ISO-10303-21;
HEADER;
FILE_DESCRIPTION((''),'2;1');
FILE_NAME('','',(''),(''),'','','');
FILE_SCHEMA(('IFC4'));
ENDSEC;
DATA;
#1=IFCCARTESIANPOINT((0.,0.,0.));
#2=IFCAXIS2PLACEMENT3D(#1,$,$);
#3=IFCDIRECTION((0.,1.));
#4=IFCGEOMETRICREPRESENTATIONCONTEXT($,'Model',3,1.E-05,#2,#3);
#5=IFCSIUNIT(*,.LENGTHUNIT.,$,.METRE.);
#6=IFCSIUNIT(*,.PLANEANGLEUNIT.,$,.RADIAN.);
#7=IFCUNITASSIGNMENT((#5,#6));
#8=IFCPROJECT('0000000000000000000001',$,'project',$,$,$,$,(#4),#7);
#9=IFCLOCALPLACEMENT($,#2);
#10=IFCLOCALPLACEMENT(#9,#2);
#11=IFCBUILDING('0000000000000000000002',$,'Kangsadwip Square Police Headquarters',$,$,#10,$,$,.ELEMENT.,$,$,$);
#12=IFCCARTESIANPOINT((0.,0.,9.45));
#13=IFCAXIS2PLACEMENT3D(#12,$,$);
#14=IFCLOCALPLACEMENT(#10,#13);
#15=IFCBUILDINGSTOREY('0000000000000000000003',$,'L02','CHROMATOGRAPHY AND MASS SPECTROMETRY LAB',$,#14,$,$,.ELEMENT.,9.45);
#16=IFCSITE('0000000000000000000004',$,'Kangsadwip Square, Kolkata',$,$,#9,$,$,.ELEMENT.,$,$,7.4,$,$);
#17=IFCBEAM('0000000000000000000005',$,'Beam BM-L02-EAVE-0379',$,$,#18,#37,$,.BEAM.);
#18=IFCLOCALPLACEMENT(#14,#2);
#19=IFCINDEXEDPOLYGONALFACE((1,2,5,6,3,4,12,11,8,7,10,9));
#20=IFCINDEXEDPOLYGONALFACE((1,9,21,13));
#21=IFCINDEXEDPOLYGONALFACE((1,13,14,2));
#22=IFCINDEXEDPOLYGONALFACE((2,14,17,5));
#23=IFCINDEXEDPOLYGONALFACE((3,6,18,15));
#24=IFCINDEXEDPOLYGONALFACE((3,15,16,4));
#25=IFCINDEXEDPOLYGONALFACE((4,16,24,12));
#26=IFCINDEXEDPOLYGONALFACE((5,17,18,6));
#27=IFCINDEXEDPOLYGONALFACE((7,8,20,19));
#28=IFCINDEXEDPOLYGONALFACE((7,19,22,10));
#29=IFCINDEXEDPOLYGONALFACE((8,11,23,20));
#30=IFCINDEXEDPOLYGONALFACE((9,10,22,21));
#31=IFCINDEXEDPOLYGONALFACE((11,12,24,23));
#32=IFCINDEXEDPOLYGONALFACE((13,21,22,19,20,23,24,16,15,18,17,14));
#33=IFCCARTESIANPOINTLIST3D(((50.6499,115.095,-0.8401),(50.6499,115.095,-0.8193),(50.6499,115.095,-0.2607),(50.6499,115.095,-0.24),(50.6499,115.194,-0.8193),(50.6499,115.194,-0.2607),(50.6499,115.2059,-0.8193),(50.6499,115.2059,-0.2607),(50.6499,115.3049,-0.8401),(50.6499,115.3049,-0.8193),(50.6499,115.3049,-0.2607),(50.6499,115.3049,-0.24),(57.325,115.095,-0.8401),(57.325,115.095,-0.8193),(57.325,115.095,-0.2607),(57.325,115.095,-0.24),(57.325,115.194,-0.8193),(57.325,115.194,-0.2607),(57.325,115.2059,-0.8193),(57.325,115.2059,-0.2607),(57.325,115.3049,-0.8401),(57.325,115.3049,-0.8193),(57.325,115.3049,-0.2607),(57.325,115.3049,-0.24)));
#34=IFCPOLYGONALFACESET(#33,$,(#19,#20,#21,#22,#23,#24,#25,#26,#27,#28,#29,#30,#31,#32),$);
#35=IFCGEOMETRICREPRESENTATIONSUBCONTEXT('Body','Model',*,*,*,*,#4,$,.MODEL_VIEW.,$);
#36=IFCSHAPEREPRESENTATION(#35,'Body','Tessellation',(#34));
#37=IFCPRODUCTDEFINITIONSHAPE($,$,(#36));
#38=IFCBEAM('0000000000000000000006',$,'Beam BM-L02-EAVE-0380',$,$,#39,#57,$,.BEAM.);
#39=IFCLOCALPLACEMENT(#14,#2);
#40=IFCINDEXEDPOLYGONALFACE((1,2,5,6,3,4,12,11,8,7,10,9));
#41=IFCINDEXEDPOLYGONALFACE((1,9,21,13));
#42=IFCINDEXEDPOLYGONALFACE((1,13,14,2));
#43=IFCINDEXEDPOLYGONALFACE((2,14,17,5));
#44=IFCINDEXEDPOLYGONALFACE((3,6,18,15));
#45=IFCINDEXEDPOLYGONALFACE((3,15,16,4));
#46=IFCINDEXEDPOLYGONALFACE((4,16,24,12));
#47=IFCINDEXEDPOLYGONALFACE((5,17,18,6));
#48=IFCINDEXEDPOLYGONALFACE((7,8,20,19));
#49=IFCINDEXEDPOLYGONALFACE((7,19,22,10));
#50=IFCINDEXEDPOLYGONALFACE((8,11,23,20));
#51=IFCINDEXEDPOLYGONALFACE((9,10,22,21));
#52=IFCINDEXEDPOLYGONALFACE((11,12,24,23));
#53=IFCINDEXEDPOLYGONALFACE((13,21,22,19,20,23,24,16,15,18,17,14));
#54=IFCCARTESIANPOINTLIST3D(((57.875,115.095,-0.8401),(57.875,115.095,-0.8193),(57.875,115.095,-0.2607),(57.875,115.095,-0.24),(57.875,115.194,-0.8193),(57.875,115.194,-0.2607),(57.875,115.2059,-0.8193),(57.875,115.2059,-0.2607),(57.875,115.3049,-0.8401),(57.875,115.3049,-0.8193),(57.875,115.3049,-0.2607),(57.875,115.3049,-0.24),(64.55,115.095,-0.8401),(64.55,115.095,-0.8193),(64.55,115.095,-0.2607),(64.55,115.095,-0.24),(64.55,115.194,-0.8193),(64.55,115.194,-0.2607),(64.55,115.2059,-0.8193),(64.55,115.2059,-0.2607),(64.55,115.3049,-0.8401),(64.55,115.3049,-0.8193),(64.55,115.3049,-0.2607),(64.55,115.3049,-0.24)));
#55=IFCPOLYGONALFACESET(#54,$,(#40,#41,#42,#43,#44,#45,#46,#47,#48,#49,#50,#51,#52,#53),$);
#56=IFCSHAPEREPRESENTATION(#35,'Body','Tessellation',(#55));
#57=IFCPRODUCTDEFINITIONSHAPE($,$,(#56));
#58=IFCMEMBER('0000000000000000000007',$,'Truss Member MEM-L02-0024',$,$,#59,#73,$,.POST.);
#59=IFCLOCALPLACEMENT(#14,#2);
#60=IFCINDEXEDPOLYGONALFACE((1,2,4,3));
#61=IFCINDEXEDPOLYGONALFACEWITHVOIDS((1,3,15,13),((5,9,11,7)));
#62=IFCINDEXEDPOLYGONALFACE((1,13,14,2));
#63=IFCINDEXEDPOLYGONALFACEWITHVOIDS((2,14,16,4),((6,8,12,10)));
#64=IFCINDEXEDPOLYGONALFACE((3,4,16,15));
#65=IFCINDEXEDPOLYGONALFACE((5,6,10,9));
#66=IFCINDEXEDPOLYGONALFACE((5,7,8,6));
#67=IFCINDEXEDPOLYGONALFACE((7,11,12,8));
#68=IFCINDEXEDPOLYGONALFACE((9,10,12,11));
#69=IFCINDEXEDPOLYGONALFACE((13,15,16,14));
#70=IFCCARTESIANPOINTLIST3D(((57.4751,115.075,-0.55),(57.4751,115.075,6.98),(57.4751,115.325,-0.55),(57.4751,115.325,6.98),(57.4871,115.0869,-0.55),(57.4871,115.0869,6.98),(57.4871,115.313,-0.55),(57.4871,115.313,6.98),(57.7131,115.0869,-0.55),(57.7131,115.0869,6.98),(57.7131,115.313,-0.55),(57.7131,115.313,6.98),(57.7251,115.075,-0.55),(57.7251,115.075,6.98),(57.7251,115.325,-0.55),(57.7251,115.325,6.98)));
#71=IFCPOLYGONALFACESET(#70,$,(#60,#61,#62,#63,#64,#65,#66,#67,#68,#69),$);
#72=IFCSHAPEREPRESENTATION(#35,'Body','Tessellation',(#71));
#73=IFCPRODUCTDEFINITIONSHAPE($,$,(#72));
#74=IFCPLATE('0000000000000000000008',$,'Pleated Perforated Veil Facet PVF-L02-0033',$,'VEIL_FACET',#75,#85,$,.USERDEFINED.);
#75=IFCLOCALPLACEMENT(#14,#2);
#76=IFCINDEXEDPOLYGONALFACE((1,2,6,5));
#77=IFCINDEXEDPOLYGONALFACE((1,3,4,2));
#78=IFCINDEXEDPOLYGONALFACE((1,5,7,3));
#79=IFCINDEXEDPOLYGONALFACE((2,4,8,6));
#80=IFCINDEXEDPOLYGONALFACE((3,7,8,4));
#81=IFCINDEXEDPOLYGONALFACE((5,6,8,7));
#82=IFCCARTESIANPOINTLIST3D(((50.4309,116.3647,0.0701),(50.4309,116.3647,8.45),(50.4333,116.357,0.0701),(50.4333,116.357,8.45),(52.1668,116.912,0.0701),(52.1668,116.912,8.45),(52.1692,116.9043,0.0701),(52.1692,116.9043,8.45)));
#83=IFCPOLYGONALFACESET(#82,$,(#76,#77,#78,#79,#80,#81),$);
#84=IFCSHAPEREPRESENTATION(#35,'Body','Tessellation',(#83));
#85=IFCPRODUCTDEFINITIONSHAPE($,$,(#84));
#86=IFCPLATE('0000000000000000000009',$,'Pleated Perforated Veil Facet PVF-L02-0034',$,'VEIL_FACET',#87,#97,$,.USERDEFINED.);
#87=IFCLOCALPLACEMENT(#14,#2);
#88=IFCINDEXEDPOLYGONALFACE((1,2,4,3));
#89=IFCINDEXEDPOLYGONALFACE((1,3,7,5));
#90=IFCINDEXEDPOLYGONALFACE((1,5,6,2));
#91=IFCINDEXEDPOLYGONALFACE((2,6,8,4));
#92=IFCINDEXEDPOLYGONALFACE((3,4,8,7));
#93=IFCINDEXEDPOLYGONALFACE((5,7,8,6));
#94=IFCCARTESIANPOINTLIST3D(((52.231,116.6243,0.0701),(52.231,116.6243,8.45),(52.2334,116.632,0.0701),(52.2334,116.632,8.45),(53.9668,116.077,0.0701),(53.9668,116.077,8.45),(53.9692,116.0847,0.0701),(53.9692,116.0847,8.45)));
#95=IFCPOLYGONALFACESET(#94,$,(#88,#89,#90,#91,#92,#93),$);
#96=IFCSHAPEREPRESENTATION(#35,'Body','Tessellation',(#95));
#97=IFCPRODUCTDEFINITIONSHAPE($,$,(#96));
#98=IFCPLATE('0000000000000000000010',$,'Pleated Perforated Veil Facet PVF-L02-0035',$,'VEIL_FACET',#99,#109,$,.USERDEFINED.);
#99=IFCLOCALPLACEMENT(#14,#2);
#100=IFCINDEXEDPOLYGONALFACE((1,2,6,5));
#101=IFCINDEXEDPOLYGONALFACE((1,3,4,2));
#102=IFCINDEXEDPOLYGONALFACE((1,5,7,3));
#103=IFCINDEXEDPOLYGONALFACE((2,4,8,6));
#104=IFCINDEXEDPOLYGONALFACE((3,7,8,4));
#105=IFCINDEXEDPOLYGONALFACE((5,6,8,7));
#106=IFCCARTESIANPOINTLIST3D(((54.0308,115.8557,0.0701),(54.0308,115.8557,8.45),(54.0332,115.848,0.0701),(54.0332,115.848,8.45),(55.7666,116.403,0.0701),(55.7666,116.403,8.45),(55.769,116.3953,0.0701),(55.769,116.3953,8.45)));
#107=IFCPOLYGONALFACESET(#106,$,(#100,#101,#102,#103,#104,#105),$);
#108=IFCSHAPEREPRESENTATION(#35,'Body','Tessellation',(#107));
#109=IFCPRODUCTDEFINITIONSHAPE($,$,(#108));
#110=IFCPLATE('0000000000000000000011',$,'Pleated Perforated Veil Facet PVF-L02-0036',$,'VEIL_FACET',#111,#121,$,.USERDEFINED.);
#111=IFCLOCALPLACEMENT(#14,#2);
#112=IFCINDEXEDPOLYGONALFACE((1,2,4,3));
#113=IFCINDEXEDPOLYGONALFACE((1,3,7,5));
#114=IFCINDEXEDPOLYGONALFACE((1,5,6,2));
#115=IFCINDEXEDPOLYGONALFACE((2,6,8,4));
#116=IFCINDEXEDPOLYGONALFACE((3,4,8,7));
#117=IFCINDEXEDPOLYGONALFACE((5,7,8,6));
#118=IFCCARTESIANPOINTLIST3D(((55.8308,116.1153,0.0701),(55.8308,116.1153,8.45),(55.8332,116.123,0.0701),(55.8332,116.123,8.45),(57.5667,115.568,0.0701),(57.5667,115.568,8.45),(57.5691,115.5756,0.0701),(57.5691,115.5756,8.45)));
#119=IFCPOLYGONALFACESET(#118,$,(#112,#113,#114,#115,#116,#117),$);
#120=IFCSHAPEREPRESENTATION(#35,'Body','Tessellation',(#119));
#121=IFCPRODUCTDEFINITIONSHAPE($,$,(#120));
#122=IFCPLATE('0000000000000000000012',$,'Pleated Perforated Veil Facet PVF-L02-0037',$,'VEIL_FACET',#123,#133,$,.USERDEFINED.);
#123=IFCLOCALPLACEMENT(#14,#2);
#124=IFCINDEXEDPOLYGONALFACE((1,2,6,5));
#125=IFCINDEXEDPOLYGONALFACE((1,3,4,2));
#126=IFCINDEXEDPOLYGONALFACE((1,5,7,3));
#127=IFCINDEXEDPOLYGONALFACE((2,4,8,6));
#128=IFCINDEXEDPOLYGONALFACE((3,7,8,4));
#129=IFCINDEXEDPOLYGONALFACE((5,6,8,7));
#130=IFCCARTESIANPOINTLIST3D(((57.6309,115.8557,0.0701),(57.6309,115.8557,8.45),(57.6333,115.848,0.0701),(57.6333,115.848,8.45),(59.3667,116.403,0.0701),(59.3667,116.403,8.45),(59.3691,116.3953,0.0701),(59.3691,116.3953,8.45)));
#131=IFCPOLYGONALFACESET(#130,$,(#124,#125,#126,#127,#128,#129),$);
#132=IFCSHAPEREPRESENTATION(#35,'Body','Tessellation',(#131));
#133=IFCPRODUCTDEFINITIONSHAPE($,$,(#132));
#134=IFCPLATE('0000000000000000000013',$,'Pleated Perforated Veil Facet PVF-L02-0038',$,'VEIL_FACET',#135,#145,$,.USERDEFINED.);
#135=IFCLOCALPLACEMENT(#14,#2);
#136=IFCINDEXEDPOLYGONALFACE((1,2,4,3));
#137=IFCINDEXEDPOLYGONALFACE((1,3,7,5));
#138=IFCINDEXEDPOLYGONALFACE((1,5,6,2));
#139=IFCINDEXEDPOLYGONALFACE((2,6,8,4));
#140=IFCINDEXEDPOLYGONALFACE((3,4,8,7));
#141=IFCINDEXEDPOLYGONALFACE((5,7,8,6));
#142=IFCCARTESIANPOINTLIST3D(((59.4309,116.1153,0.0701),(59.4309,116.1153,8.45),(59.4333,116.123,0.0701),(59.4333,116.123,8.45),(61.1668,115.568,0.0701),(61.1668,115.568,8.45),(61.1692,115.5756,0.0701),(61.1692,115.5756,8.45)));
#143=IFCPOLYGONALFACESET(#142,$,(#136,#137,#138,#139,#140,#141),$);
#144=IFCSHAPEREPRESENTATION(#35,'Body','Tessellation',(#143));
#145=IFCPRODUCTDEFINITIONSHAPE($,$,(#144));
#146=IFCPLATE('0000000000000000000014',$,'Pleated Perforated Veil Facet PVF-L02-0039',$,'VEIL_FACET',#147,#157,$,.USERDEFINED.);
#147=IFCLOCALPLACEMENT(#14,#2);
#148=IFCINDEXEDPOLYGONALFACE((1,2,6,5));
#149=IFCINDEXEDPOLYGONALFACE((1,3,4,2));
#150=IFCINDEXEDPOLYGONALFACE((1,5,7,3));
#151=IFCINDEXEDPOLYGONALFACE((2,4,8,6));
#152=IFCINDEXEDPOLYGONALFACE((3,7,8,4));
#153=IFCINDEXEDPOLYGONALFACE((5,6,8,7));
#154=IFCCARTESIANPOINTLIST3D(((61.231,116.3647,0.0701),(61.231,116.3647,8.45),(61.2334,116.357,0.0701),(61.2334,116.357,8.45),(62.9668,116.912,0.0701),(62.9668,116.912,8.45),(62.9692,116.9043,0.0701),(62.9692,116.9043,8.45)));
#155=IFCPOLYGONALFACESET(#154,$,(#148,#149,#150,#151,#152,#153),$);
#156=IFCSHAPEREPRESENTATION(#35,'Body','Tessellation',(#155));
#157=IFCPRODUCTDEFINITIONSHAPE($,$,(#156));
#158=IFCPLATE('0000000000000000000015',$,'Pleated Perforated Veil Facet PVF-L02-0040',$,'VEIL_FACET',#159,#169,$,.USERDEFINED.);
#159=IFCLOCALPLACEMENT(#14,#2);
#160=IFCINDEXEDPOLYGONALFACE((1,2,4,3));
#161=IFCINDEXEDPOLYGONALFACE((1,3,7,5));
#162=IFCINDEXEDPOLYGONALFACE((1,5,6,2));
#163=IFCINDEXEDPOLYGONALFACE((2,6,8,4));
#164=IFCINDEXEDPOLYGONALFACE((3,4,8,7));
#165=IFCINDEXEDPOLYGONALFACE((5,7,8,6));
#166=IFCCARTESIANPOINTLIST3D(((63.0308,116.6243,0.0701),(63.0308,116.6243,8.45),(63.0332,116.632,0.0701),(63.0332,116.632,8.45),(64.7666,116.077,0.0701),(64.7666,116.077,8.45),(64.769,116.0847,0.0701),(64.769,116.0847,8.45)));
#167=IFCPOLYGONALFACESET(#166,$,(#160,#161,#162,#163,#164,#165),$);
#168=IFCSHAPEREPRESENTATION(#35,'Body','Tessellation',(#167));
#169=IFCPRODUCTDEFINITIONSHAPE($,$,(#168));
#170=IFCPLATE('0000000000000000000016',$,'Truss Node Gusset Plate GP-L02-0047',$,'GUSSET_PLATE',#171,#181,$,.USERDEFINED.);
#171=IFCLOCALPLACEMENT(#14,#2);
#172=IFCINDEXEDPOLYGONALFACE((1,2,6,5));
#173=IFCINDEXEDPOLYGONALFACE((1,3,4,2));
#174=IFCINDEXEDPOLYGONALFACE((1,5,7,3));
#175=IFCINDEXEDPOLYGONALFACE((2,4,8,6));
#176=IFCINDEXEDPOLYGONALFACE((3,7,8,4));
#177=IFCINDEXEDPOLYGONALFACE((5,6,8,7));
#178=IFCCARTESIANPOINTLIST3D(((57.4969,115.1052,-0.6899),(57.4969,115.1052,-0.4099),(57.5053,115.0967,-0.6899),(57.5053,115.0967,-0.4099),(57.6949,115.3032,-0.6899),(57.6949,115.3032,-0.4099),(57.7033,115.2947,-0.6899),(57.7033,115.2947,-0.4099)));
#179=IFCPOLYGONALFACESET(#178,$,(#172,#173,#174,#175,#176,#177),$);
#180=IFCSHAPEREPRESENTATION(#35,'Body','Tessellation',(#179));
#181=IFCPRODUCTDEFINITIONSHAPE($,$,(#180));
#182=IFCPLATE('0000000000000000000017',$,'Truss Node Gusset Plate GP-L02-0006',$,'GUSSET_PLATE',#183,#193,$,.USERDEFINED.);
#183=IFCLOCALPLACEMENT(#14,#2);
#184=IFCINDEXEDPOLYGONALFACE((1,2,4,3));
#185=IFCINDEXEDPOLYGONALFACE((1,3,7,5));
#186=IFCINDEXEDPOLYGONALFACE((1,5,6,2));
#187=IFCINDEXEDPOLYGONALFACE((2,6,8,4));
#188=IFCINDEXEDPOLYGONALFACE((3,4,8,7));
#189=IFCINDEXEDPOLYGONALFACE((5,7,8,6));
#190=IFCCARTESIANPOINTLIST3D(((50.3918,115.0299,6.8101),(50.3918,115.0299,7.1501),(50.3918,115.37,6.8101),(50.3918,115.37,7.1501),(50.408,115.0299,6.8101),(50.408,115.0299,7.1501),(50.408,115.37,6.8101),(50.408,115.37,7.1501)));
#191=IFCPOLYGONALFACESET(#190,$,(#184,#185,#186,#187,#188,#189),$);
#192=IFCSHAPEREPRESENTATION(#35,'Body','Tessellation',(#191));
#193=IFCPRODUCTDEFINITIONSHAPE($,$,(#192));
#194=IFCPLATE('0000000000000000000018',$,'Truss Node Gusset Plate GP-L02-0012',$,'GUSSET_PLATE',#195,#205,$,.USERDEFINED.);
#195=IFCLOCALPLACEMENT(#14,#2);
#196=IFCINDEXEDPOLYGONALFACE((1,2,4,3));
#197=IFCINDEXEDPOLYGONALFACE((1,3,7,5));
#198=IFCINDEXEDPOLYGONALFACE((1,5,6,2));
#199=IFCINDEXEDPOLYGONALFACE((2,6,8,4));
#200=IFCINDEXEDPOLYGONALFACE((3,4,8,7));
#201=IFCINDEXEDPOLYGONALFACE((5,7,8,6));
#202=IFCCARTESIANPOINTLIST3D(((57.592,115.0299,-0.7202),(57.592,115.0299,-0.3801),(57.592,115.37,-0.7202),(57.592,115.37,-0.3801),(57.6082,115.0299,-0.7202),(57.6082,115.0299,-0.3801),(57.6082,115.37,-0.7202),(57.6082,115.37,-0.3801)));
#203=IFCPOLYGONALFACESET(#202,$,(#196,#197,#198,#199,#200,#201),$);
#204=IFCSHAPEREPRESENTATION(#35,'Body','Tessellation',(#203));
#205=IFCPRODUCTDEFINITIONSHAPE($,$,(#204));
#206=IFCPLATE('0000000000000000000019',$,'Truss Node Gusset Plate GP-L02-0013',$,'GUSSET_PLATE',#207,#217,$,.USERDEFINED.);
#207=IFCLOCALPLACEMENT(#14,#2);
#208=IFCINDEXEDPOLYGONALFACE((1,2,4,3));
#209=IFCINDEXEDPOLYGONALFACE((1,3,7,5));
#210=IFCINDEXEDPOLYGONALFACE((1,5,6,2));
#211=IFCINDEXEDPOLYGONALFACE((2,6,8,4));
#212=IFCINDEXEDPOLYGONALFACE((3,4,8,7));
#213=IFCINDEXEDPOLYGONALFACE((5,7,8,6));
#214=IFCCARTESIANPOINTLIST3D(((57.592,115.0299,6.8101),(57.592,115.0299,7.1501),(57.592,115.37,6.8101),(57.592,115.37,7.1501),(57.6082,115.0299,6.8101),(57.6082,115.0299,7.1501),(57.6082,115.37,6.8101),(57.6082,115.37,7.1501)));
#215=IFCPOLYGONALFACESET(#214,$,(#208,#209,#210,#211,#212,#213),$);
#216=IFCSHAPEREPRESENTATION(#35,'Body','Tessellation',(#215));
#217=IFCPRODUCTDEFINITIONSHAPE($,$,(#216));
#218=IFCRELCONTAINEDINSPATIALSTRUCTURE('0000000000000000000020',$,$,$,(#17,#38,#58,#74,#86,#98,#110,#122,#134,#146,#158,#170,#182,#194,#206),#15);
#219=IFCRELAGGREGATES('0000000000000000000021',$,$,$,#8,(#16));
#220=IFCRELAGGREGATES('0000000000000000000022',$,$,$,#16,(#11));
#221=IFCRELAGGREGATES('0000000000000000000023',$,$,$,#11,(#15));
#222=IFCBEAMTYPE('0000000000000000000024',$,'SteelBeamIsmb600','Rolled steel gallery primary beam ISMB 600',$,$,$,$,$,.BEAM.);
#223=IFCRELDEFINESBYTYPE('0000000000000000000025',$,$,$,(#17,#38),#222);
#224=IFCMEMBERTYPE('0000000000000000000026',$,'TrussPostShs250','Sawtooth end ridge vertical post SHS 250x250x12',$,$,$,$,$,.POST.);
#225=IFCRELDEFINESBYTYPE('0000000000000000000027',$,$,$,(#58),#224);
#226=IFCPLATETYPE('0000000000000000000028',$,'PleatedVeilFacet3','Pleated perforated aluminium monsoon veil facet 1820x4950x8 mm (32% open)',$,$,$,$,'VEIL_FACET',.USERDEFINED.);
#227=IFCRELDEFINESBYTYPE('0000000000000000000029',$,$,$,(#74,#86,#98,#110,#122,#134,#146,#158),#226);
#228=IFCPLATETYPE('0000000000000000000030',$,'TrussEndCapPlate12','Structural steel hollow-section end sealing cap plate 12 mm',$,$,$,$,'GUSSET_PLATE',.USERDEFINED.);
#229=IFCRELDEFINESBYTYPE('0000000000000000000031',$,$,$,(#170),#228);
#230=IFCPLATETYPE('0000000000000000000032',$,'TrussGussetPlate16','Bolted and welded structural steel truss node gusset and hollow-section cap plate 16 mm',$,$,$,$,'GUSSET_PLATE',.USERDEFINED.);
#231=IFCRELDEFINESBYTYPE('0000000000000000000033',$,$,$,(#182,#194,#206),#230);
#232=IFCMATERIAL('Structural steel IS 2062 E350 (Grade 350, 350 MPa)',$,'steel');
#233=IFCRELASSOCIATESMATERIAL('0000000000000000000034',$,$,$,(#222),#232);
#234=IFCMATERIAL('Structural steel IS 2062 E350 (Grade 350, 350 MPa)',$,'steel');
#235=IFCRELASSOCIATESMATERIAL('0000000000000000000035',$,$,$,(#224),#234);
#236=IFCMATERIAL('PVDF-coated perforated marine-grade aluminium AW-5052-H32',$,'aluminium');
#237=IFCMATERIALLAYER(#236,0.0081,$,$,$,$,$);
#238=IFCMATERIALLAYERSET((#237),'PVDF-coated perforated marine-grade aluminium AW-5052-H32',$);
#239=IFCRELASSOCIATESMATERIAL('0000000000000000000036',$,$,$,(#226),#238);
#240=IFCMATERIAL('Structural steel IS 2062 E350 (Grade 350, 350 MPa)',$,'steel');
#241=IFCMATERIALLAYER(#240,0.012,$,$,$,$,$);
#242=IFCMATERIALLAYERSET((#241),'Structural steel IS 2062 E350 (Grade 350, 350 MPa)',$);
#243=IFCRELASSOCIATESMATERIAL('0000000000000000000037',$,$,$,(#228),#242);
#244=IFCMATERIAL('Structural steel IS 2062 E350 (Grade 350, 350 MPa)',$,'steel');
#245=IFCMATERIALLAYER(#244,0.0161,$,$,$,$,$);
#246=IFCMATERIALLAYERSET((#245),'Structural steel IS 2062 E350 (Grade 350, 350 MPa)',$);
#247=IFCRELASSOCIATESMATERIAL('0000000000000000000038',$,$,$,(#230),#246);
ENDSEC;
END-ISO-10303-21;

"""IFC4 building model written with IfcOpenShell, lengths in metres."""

from ifc_helpers import new_model, si_unit, direction, frame, origin, origin_2d, place, context, subcontext, project, spatial, rectangle, hollow_rectangle, i_section, extrude, material, layer, layer_set, material_profile, profile_set, type_object, element, save


model = new_model("IFC4")

# Units and contexts
model_context = context("Model", 3, precision=1e-05, world=origin(), true_north=direction((0.0, 1.0)))
body_context = subcontext(model_context, "Body", "Model", "MODEL_VIEW")
ifc_project = project(units=[si_unit("LENGTHUNIT", "METRE"), si_unit("PLANEANGLEUNIT", "RADIAN")], contexts=[model_context])

# Site, building, storey
site_placement = place(None, origin())
site = spatial("IfcSite", under=ifc_project, at=site_placement, Name="Kangsadwip Square, Kolkata", CompositionType="ELEMENT", RefElevation=7.4)
building_placement = place(site_placement, origin())
building = spatial("IfcBuilding", under=site, at=building_placement, Name="Kangsadwip Square Police Headquarters", CompositionType="ELEMENT")
storey_placement = place(building_placement, frame((0.0, 0.0, 9.45)))
storey = spatial("IfcBuildingStorey", under=building, at=storey_placement, Name="L02", Description="CHROMATOGRAPHY AND MASS SPECTROMETRY LAB", CompositionType="ELEMENT", Elevation=9.45)

# Beams
ifc_material_1 = material(Name="Structural steel IS 2062 E350 (Grade 350, 350 MPa)", Category="steel")
ifc_material_profile_1 = material_profile(ifc_material_1, i_section(OverallWidth=0.21, OverallDepth=0.6001, WebThickness=0.012, FlangeThickness=0.0208, at=origin_2d()), Name="ISMB 600")
ifc_profile_set_1 = profile_set([ifc_material_profile_1], Name="Structural steel IS 2062 E350 (Grade 350, 350 MPa)")
beam_type = type_object("IfcBeamType", Name="SteelBeamIsmb600", Description="Rolled steel gallery primary beam ISMB 600", PredefinedType="BEAM", material=ifc_profile_set_1)
for number, where, z_axis, x_axis, name in (
    (1, (50.6499, 115.2, -0.54), (1.0, 0.0, 0.0), (0.0, 1.0, 0.0), "Beam BM-L02-EAVE-0379"),
    (2, (57.875, 115.2, -0.54), (1.0, 0.0, 0.0), (0.0, 1.0, 0.0), "Beam BM-L02-EAVE-0380"),
):
    element("IfcBeam", number, at=place(storey_placement, frame(where, z_axis=z_axis, x_axis=x_axis)), inside=storey, type_object=beam_type, Name=name, PredefinedType="BEAM", context=body_context, shape_type="SweptSolid", body=[
        extrude(i_section(OverallWidth=0.21, OverallDepth=0.6001, WebThickness=0.012, FlangeThickness=0.0208, at=origin_2d()), origin(), (0.0, 0.0, 1.0), 6.675),
    ])

# Member
ifc_material_2 = material(Name="Structural steel IS 2062 E350 (Grade 350, 350 MPa)", Category="steel")
ifc_material_profile_2 = material_profile(ifc_material_2, hollow_rectangle(XDim=0.25, YDim=0.25, WallThickness=0.012, at=origin_2d()), Name="SHS 250X250X12")
ifc_profile_set_2 = profile_set([ifc_material_profile_2], Name="Structural steel IS 2062 E350 (Grade 350, 350 MPa)")
member_type = type_object("IfcMemberType", Name="TrussPostShs250", Description="Sawtooth end ridge vertical post SHS 250x250x12", PredefinedType="POST", material=ifc_profile_set_2)
member_placement = place(storey_placement, frame((57.6001, 115.2, -0.55), z_axis=(0.0, 0.0, 1.0), x_axis=(1.0, 0.0, 0.0)))
element("IfcMember", 3, at=member_placement, inside=storey, type_object=member_type, Name="Truss Member MEM-L02-0024", PredefinedType="POST", context=body_context, shape_type="SweptSolid", body=[
    extrude(hollow_rectangle(XDim=0.25, YDim=0.25, WallThickness=0.012, at=origin_2d()), origin(), (0.0, 0.0, 1.0), 7.53),
])

# Plates
ifc_material_3 = material(Name="PVDF-coated perforated marine-grade aluminium AW-5052-H32", Category="aluminium")
ifc_layer_1 = layer(ifc_material_3, 0.0081)
ifc_layer_set_1 = layer_set([ifc_layer_1], Name="PVDF-coated perforated marine-grade aluminium AW-5052-H32")
plate_type_1 = type_object("IfcPlateType", Name="PleatedVeilFacet3", Description="Pleated perforated aluminium monsoon veil facet 1820x4950x8 mm (32% open)", ElementType="VEIL_FACET", PredefinedType="USERDEFINED", material=ifc_layer_set_1)
for number, where, z_axis, x_axis, name in (
    (4, (51.3, 116.6345, 0.0701), (0.0, 0.0, 1.0), (0.953717, 0.300706, 0.0), "Pleated Perforated Veil Facet PVF-L02-0033"),
    (5, (53.1001, 116.3545, 0.0701), (0.0, 0.0, 1.0), (0.953717, -0.300706, 0.0), "Pleated Perforated Veil Facet PVF-L02-0034"),
    (6, (54.8999, 116.1255, 0.0701), (0.0, 0.0, 1.0), (0.953717, 0.300706, 0.0), "Pleated Perforated Veil Facet PVF-L02-0035"),
    (7, (56.7, 115.8455, 0.0701), (0.0, 0.0, 1.0), (0.953717, -0.300706, 0.0), "Pleated Perforated Veil Facet PVF-L02-0036"),
    (8, (58.5, 116.1255, 0.0701), (0.0, 0.0, 1.0), (0.953717, 0.300706, 0.0), "Pleated Perforated Veil Facet PVF-L02-0037"),
    (9, (60.3, 115.8455, 0.0701), (0.0, 0.0, 1.0), (0.953717, -0.300706, 0.0), "Pleated Perforated Veil Facet PVF-L02-0038"),
    (10, (62.1001, 116.6345, 0.0701), (0.0, 0.0, 1.0), (0.953717, 0.300706, 0.0), "Pleated Perforated Veil Facet PVF-L02-0039"),
    (11, (63.8999, 116.3545, 0.0701), (0.0, 0.0, 1.0), (0.953717, -0.300706, 0.0), "Pleated Perforated Veil Facet PVF-L02-0040"),
):
    element("IfcPlate", number, at=place(storey_placement, frame(where, z_axis=z_axis, x_axis=x_axis)), inside=storey, type_object=plate_type_1, Name=name, ObjectType="VEIL_FACET", PredefinedType="USERDEFINED", context=body_context, shape_type="SweptSolid", body=[
        extrude(rectangle(XDim=1.8201, YDim=0.0081, at=origin_2d()), origin(), (0.0, 0.0, 1.0), 8.3799),
    ])
ifc_material_4 = material(Name="Structural steel IS 2062 E350 (Grade 350, 350 MPa)", Category="steel")
ifc_layer_2 = layer(ifc_material_4, 0.012)
ifc_layer_set_2 = layer_set([ifc_layer_2], Name="Structural steel IS 2062 E350 (Grade 350, 350 MPa)")
plate_type_2 = type_object("IfcPlateType", Name="TrussEndCapPlate12", Description="Structural steel hollow-section end sealing cap plate 12 mm", ElementType="GUSSET_PLATE", PredefinedType="USERDEFINED", material=ifc_layer_set_2)
plate_placement = place(storey_placement, frame((57.6001, 115.2, -0.6899), z_axis=(0.0, 0.0, 1.0), x_axis=(0.707107, 0.707107, 0.0)))
element("IfcPlate", 12, at=plate_placement, inside=storey, type_object=plate_type_2, Name="Truss Node Gusset Plate GP-L02-0047", ObjectType="GUSSET_PLATE", PredefinedType="USERDEFINED", context=body_context, shape_type="SweptSolid", body=[
    extrude(rectangle(XDim=0.28, YDim=0.012, at=origin_2d()), origin(), (0.0, 0.0, 1.0), 0.28),
])
ifc_material_5 = material(Name="Structural steel IS 2062 E350 (Grade 350, 350 MPa)", Category="steel")
ifc_layer_3 = layer(ifc_material_5, 0.0161)
ifc_layer_set_3 = layer_set([ifc_layer_3], Name="Structural steel IS 2062 E350 (Grade 350, 350 MPa)")
plate_type_3 = type_object("IfcPlateType", Name="TrussGussetPlate16", Description="Bolted and welded structural steel truss node gusset and hollow-section cap plate 16 mm", ElementType="GUSSET_PLATE", PredefinedType="USERDEFINED", material=ifc_layer_set_3)
for number, where, z_axis, x_axis, name in (
    (13, (50.3999, 115.2, 6.8101), (0.0, 0.0, 1.0), (0.0, 1.0, 0.0), "Truss Node Gusset Plate GP-L02-0006"),
    (14, (57.6001, 115.2, -0.7202), (0.0, 0.0, 1.0), (0.0, 1.0, 0.0), "Truss Node Gusset Plate GP-L02-0012"),
    (15, (57.6001, 115.2, 6.8101), (0.0, 0.0, 1.0), (0.0, 1.0, 0.0), "Truss Node Gusset Plate GP-L02-0013"),
):
    element("IfcPlate", number, at=place(storey_placement, frame(where, z_axis=z_axis, x_axis=x_axis)), inside=storey, type_object=plate_type_3, Name=name, ObjectType="GUSSET_PLATE", PredefinedType="USERDEFINED", context=body_context, shape_type="SweptSolid", body=[
        extrude(rectangle(XDim=0.3401, YDim=0.0161, at=origin_2d()), origin(), (0.0, 0.0, 1.0), 0.3401),
    ])

save(model, "model.ifc")
